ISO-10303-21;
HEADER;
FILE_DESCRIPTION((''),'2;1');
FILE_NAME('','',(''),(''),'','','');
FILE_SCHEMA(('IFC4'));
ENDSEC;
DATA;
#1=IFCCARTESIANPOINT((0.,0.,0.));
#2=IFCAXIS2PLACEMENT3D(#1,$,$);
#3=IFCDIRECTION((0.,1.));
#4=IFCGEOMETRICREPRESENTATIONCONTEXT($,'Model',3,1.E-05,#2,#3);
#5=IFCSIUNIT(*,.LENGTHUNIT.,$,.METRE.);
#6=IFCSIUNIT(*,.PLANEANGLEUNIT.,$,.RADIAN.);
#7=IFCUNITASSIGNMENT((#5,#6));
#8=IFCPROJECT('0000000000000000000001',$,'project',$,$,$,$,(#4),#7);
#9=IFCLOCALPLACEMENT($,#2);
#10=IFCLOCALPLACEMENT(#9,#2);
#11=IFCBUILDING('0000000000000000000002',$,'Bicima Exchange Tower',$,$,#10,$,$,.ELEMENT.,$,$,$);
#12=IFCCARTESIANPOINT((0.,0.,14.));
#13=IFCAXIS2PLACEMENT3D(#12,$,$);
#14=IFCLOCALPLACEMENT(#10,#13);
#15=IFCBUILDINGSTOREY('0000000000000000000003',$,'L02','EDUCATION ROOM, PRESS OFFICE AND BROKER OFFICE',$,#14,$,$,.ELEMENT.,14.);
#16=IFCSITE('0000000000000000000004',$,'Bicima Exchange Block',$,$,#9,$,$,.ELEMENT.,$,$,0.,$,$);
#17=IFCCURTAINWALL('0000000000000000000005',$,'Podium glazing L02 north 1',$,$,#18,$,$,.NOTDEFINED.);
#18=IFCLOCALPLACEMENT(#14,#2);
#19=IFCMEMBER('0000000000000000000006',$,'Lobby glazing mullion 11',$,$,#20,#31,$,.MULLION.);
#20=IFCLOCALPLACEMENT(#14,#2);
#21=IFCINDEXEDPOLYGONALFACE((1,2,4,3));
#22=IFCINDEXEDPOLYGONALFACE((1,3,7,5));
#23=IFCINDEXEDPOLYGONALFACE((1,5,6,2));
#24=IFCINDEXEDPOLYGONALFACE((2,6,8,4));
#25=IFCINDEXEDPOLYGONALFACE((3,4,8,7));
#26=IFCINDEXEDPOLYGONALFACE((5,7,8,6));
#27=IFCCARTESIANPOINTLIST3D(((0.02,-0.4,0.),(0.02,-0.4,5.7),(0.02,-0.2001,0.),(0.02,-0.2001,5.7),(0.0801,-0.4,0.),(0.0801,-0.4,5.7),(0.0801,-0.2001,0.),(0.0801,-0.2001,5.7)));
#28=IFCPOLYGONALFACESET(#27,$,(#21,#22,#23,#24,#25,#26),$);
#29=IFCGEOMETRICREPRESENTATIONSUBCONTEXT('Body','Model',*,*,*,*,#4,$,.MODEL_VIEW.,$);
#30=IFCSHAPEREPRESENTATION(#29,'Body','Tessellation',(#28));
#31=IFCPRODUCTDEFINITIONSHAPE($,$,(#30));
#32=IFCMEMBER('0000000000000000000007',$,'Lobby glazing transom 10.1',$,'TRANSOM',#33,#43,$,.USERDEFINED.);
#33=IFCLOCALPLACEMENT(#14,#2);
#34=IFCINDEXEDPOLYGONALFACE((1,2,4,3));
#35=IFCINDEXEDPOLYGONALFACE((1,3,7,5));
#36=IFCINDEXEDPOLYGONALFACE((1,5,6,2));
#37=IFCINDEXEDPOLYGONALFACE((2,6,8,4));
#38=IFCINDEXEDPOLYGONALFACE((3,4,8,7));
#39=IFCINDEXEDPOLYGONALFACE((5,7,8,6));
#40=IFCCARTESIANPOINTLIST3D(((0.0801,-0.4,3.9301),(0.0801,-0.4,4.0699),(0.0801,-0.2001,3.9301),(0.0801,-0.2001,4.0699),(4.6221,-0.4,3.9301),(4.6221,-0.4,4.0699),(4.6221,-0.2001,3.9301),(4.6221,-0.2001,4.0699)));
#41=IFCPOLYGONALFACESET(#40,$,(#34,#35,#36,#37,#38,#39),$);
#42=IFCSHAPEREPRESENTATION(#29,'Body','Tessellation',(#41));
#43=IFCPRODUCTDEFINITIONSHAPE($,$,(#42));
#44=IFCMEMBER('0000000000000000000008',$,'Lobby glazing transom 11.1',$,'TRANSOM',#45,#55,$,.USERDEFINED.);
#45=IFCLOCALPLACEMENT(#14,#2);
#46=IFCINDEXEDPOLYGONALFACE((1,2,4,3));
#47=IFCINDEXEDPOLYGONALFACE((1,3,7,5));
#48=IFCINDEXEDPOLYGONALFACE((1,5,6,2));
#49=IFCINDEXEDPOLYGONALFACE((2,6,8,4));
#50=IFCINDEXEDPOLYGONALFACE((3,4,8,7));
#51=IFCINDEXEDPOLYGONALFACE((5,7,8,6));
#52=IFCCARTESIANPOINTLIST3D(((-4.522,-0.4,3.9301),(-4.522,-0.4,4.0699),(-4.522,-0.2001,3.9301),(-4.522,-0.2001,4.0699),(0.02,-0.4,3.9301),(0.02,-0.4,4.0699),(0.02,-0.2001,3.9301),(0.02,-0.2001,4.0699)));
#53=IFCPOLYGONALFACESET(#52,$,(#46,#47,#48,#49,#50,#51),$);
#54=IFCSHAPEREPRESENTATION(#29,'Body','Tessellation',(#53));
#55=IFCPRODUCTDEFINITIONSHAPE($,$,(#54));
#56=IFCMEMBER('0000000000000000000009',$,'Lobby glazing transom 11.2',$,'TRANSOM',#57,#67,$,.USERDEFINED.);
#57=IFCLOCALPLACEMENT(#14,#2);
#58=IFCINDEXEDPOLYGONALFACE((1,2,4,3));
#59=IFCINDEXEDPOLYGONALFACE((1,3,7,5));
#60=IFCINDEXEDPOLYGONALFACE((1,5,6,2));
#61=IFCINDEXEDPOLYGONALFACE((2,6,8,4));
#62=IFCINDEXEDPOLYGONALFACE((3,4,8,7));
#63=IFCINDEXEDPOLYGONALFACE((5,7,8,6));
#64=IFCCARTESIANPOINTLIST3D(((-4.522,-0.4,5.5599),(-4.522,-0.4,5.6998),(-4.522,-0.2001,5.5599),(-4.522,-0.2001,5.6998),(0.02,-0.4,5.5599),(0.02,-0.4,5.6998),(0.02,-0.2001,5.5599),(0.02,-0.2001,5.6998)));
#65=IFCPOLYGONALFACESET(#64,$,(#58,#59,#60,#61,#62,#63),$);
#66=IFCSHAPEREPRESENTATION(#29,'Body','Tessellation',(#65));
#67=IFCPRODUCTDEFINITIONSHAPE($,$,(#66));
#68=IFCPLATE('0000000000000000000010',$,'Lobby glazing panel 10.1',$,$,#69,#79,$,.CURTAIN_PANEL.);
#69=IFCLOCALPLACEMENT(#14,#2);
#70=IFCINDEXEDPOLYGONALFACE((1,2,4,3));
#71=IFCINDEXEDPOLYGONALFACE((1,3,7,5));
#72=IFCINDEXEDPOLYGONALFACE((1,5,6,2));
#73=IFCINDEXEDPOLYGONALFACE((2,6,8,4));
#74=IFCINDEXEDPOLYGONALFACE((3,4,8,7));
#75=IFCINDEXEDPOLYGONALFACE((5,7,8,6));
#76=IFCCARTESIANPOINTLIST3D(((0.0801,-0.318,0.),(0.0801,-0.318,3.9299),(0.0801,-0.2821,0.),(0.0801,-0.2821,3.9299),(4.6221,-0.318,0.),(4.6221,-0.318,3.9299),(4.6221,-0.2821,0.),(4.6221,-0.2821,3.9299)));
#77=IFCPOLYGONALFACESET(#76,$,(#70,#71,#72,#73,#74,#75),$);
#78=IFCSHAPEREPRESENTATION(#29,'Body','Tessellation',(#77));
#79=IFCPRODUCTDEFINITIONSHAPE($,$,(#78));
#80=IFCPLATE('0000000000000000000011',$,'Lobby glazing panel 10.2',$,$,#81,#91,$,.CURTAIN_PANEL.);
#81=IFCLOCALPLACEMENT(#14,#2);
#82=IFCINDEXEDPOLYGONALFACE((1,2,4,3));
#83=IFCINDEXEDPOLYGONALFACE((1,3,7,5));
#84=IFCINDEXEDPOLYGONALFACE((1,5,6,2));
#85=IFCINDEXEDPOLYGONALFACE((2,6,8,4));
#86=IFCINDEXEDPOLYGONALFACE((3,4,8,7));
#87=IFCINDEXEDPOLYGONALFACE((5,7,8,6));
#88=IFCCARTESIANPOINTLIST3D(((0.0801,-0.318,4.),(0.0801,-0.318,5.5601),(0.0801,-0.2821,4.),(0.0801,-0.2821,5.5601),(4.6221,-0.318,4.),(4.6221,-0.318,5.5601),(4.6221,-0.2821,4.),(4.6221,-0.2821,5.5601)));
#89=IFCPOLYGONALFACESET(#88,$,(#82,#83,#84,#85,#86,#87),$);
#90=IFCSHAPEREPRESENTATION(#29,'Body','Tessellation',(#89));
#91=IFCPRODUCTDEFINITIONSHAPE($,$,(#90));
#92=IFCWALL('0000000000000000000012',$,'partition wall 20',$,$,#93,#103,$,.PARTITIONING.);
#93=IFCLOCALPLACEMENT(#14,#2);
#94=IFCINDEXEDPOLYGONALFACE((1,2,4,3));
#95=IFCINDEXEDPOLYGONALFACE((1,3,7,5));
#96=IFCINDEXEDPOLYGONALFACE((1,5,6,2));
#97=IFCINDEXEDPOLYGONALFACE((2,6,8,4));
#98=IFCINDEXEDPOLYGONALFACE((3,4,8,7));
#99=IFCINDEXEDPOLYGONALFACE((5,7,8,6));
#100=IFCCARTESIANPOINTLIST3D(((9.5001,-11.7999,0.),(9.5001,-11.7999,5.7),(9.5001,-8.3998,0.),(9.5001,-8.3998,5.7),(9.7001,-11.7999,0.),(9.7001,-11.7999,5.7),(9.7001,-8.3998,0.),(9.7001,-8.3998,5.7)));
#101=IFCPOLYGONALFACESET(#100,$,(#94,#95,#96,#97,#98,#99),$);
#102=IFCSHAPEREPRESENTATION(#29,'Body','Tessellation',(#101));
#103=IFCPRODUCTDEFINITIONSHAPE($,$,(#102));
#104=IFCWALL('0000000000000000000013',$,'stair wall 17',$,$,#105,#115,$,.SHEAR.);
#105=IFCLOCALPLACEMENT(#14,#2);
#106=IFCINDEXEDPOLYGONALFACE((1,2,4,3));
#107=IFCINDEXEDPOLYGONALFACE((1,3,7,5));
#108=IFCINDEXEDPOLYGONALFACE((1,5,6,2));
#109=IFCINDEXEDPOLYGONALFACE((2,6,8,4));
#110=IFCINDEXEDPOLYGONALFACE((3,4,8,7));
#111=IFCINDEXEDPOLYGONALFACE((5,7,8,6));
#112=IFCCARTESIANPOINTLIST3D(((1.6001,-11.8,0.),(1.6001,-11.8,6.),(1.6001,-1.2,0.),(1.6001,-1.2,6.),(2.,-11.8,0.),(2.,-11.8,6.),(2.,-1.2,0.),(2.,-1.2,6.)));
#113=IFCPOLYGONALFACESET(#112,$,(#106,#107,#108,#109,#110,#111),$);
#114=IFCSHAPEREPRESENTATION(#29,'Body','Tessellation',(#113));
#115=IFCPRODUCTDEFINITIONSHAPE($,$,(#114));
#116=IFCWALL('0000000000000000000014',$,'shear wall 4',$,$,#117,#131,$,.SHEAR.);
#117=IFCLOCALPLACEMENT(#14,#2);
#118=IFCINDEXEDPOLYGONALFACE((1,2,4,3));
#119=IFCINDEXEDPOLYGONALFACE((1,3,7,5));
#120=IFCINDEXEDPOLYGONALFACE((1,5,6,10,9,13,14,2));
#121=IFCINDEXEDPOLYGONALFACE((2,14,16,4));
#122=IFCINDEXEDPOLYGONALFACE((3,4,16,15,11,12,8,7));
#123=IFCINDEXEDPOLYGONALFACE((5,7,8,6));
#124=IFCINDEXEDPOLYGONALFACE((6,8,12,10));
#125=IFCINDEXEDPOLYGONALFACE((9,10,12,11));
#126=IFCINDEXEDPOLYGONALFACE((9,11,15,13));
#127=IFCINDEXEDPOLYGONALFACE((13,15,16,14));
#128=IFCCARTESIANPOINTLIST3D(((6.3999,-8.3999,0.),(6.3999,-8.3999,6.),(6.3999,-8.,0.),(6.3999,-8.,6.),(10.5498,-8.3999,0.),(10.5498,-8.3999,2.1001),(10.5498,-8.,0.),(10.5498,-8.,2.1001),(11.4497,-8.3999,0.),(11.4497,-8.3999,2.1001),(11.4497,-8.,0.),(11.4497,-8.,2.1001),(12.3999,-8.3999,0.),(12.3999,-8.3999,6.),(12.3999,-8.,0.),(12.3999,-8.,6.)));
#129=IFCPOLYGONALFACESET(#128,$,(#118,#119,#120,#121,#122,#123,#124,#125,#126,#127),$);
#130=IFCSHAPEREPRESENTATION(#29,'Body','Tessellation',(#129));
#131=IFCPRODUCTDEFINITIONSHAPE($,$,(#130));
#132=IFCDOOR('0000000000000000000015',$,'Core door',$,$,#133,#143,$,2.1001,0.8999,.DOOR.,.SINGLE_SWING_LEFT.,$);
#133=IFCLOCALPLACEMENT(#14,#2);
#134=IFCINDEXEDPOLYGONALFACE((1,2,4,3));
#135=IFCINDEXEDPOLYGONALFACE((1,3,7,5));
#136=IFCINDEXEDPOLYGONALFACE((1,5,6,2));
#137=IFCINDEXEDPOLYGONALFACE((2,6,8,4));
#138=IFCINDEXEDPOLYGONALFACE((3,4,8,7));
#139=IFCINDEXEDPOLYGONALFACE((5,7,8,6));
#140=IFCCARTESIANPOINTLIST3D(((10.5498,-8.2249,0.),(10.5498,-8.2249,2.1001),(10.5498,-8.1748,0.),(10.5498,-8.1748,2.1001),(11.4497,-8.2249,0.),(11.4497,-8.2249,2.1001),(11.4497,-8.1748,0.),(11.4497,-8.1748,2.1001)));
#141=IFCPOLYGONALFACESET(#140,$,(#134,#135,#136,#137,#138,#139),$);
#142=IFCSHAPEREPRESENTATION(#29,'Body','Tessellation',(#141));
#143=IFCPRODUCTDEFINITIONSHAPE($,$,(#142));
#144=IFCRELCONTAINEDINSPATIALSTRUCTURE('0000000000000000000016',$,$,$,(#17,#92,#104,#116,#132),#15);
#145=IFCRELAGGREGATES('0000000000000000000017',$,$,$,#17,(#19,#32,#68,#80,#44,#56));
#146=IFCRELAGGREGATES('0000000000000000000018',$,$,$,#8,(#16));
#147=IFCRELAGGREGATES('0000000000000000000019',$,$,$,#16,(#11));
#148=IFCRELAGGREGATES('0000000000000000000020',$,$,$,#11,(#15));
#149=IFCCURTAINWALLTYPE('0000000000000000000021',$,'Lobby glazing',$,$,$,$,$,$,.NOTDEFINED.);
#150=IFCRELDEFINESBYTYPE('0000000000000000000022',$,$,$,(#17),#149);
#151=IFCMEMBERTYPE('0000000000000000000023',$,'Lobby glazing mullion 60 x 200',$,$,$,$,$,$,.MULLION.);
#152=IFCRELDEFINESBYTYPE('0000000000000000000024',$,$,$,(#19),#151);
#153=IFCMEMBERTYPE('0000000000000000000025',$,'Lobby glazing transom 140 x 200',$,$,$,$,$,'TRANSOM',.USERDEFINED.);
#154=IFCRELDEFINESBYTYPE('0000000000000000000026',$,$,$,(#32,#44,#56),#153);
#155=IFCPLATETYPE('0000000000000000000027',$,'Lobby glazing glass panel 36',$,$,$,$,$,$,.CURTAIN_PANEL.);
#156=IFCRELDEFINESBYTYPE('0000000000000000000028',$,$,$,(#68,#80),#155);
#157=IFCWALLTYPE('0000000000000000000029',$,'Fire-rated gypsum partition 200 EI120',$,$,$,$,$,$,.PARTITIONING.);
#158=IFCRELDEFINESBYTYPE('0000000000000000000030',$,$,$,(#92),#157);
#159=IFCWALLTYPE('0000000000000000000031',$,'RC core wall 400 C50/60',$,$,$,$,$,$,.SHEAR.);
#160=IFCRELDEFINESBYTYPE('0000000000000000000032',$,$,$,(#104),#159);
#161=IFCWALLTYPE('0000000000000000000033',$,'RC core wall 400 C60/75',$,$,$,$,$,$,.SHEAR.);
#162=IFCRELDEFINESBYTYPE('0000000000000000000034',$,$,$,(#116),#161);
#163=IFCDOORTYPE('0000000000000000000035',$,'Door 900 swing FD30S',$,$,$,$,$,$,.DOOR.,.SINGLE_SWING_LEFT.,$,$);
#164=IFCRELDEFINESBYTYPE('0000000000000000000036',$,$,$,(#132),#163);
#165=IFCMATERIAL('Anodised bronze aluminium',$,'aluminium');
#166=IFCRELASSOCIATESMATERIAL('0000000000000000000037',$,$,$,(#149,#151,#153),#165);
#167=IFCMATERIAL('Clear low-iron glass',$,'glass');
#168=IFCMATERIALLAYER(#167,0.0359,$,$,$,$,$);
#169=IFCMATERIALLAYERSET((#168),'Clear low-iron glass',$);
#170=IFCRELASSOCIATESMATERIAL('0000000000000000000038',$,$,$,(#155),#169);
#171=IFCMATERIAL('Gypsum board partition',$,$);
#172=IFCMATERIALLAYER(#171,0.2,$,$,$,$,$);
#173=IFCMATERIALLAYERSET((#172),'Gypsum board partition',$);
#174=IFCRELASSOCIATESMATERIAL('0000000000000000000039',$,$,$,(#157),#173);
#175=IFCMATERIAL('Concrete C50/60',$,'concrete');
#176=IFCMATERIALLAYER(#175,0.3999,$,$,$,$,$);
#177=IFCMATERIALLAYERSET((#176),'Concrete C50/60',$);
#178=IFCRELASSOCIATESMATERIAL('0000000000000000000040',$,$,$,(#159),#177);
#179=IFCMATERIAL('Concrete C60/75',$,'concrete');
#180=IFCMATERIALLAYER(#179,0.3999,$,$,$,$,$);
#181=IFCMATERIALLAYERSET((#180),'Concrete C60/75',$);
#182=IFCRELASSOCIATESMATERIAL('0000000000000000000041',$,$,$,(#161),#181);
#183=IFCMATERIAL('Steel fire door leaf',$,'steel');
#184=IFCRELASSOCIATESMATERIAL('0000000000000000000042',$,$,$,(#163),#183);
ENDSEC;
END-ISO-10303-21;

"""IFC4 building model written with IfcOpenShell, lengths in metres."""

from ifc_helpers import new_model, si_unit, direction, frame, frame_2d, origin, origin_2d, place, context, subcontext, project, spatial, rectangle, extrude, material, layer, layer_set, material_profile, profile_set, type_object, element, fill, aggregate, save


model = new_model("IFC4")

# Units and contexts
model_context = context("Model", 3, precision=1e-05, world=origin(), true_north=direction((0.0, 1.0)))
body_context = subcontext(model_context, "Body", "Model", "MODEL_VIEW")
ifc_project = project(units=[si_unit("LENGTHUNIT", "METRE"), si_unit("PLANEANGLEUNIT", "RADIAN")], contexts=[model_context])

# Site, building, storey
site_placement = place(None, origin())
site = spatial("IfcSite", under=ifc_project, at=site_placement, Name="Bicima Exchange Block", CompositionType="ELEMENT", RefElevation=0.0)
building_placement = place(site_placement, origin())
building = spatial("IfcBuilding", under=site, at=building_placement, Name="Bicima Exchange Tower", CompositionType="ELEMENT")
storey_placement = place(building_placement, frame((0.0, 0.0, 14.0)))
storey = spatial("IfcBuildingStorey", under=building, at=storey_placement, Name="L02", Description="EDUCATION ROOM, PRESS OFFICE AND BROKER OFFICE", CompositionType="ELEMENT", Elevation=14.0)

# Curtain wall, members, plates
ifc_material_1 = material(Name="Anodised bronze aluminium", Category="aluminium")
curtain_wall_type = type_object("IfcCurtainWallType", Name="Lobby glazing", PredefinedType="NOTDEFINED", material=ifc_material_1)
curtain_wall_placement = place(storey_placement, origin())
curtain_wall = element("IfcCurtainWall", 1, at=curtain_wall_placement, inside=storey, type_object=curtain_wall_type, Name="Podium glazing L02 north 1", PredefinedType="NOTDEFINED")
ifc_material_profile_1 = material_profile(ifc_material_1, rectangle(XDim=0.2, YDim=0.0601, at=origin_2d()))
ifc_profile_set_1 = profile_set([ifc_material_profile_1], Name="Anodised bronze aluminium")
member_type_1 = type_object("IfcMemberType", Name="Lobby glazing mullion 60 x 200", PredefinedType="MULLION", material=ifc_profile_set_1)
member_1_placement = place(storey_placement, frame((0.05, -0.3, 0.0), z_axis=(0.0, 0.0, 1.0), x_axis=(0.0, -1.0, 0.0)))
member_1 = element("IfcMember", 2, at=member_1_placement, type_object=member_type_1, Name="Lobby glazing mullion 11", PredefinedType="MULLION", context=body_context, shape_type="SweptSolid", body=[
    extrude(rectangle(XDim=0.2, YDim=0.0601, at=origin_2d()), origin(), (0.0, 0.0, 1.0), 5.7),
])
ifc_material_profile_2 = material_profile(ifc_material_1, rectangle(XDim=0.2, YDim=0.1399, at=origin_2d()))
ifc_profile_set_2 = profile_set([ifc_material_profile_2], Name="Anodised bronze aluminium")
member_type_2 = type_object("IfcMemberType", Name="Lobby glazing transom 140 x 200", ElementType="TRANSOM", PredefinedType="USERDEFINED", material=ifc_profile_set_2)
member_2_placement = place(storey_placement, frame((4.6221, -0.3, 4.0), z_axis=(-1.0, 0.0, 0.0), x_axis=(0.0, -1.0, 0.0)))
member_2 = element("IfcMember", 3, at=member_2_placement, type_object=member_type_2, Name="Lobby glazing transom 10.1", ObjectType="TRANSOM", PredefinedType="USERDEFINED", context=body_context, shape_type="SweptSolid", body=[
    extrude(rectangle(XDim=0.2, YDim=0.1399, at=origin_2d()), origin(), (0.0, 0.0, 1.0), 4.542),
])
member_3_placement = place(storey_placement, frame((0.02, -0.3, 4.0), z_axis=(-1.0, 0.0, 0.0), x_axis=(0.0, -1.0, 0.0)))
member_3 = element("IfcMember", 4, at=member_3_placement, type_object=member_type_2, Name="Lobby glazing transom 11.1", ObjectType="TRANSOM", PredefinedType="USERDEFINED", context=body_context, shape_type="SweptSolid", body=[
    extrude(rectangle(XDim=0.2, YDim=0.1399, at=origin_2d()), origin(), (0.0, 0.0, 1.0), 4.542),
])
member_4_placement = place(storey_placement, frame((0.02, -0.3, 5.6299), z_axis=(-1.0, 0.0, 0.0), x_axis=(0.0, -1.0, 0.0)))
member_4 = element("IfcMember", 5, at=member_4_placement, type_object=member_type_2, Name="Lobby glazing transom 11.2", ObjectType="TRANSOM", PredefinedType="USERDEFINED", context=body_context, shape_type="SweptSolid", body=[
    extrude(rectangle(XDim=0.2, YDim=0.1399, at=origin_2d()), origin(), (0.0, 0.0, 1.0), 4.542),
])
ifc_material_2 = material(Name="Clear low-iron glass", Category="glass")
ifc_layer_1 = layer(ifc_material_2, 0.0359)
ifc_layer_set_1 = layer_set([ifc_layer_1], Name="Clear low-iron glass")
plate_type = type_object("IfcPlateType", Name="Lobby glazing glass panel 36", PredefinedType="CURTAIN_PANEL", material=ifc_layer_set_1)
plate_1_placement = place(storey_placement, frame((2.3511, -0.3, 0.0), z_axis=(0.0, 0.0, 1.0), x_axis=(-1.0, 0.0, 0.0)))
plate_1 = element("IfcPlate", 6, at=plate_1_placement, type_object=plate_type, Name="Lobby glazing panel 10.1", PredefinedType="CURTAIN_PANEL", context=body_context, shape_type="SweptSolid", body=[
    extrude(rectangle(XDim=4.542, YDim=0.0359, at=origin_2d()), origin(), (0.0, 0.0, 1.0), 3.9299),
])
plate_2_placement = place(storey_placement, frame((2.3511, -0.3, 4.0), z_axis=(0.0, 0.0, 1.0), x_axis=(-1.0, 0.0, 0.0)))
plate_2 = element("IfcPlate", 7, at=plate_2_placement, type_object=plate_type, Name="Lobby glazing panel 10.2", PredefinedType="CURTAIN_PANEL", context=body_context, shape_type="SweptSolid", body=[
    extrude(rectangle(XDim=4.542, YDim=0.0359, at=origin_2d()), origin(), (0.0, 0.0, 1.0), 1.5601),
])
aggregate(curtain_wall, [member_1, member_2, plate_1, plate_2, member_3, member_4])

# Walls
ifc_material_3 = material(Name="Gypsum board partition")
ifc_layer_2 = layer(ifc_material_3, 0.2)
ifc_layer_set_2 = layer_set([ifc_layer_2], Name="Gypsum board partition")
wall_type_1 = type_object("IfcWallType", Name="Fire-rated gypsum partition 200 EI120", PredefinedType="PARTITIONING", material=ifc_layer_set_2)
wall_1_placement = place(storey_placement, frame((9.6001, -11.8, 0.0), z_axis=(0.0, 0.0, 1.0), x_axis=(0.0, 1.0, 0.0)))
element("IfcWall", 8, at=wall_1_placement, inside=storey, type_object=wall_type_1, Name="partition wall 20", PredefinedType="PARTITIONING", context=body_context, shape_type="SweptSolid", body=[
    extrude(rectangle(XDim=3.4001, YDim=0.2, at=frame_2d((1.7002, 0.0))), origin(), (0.0, 0.0, 1.0), 5.7),
])
ifc_material_4 = material(Name="Concrete C50/60", Category="concrete")
ifc_layer_3 = layer(ifc_material_4, 0.3999)
ifc_layer_set_3 = layer_set([ifc_layer_3], Name="Concrete C50/60")
wall_type_2 = type_object("IfcWallType", Name="RC core wall 400 C50/60", PredefinedType="SHEAR", material=ifc_layer_set_3)
wall_2_placement = place(storey_placement, frame((1.8, -11.8, 0.0), z_axis=(0.0, 0.0, 1.0), x_axis=(0.0, 1.0, 0.0)))
element("IfcWall", 9, at=wall_2_placement, inside=storey, type_object=wall_type_2, Name="stair wall 17", PredefinedType="SHEAR", context=body_context, shape_type="SweptSolid", body=[
    extrude(rectangle(XDim=10.6001, YDim=0.3999, at=frame_2d((5.3, 0.0))), origin(), (0.0, 0.0, 1.0), 6.0),
])

# Wall, opening, door
ifc_material_5 = material(Name="Concrete C60/75", Category="concrete")
ifc_layer_4 = layer(ifc_material_5, 0.3999)
ifc_layer_set_4 = layer_set([ifc_layer_4], Name="Concrete C60/75")
wall_type_3 = type_object("IfcWallType", Name="RC core wall 400 C60/75", PredefinedType="SHEAR", material=ifc_layer_set_4)
wall_3_placement = place(storey_placement, frame((6.3999, -8.2, 0.0), z_axis=(0.0, 0.0, 1.0), x_axis=(1.0, 0.0, 0.0)))
wall_3 = element("IfcWall", 10, at=wall_3_placement, inside=storey, type_object=wall_type_3, Name="shear wall 4", PredefinedType="SHEAR", context=body_context, shape_type="SweptSolid", body=[
    extrude(rectangle(XDim=6.0, YDim=0.3999, at=frame_2d((3.0, 0.0))), origin(), (0.0, 0.0, 1.0), 6.0),
])
opening_1_placement = place(wall_3_placement, frame((4.1499, 0.0, 0.0)))
opening_1 = element("IfcOpeningElement", 11, at=opening_1_placement, cuts=wall_3, PredefinedType="OPENING", context=body_context, shape_type="SweptSolid", body=[
    extrude(rectangle(XDim=0.8999, YDim=2.1001, at=frame_2d((0.45, 1.05))), frame((0.0, 0.2119, 0.0), z_axis=(0.0, -1.0, 0.0), x_axis=(1.0, 0.0, 0.0)), (0.0, 0.0, 1.0), 0.4238),
])
ifc_material_6 = material(Name="Steel fire door leaf", Category="steel")
door_type_1 = type_object("IfcDoorType", Name="Door 900 swing FD30S", OperationType="SINGLE_SWING_LEFT", PredefinedType="DOOR", material=ifc_material_6)
door_1_placement = place(opening_1_placement, frame((0.8999, 0.0, 0.0), z_axis=(0.0, 0.0, 1.0), x_axis=(-1.0, 0.0, 0.0)))
door_1 = element("IfcDoor", 12, at=door_1_placement, inside=storey, type_object=door_type_1, Name="Core door", OperationType="SINGLE_SWING_LEFT", OverallHeight=2.1001, OverallWidth=0.8999, PredefinedType="DOOR", context=body_context, shape_type="SweptSolid", body=[
    extrude(rectangle(XDim=0.8999, YDim=2.1001, at=frame_2d((0.45, 1.05))), frame((0.0, 0.0249, 0.0), z_axis=(0.0, -1.0, 0.0), x_axis=(1.0, 0.0, 0.0)), (0.0, 0.0, 1.0), 0.05),
])
fill(opening_1, door_1)

save(model, "model.ifc")
